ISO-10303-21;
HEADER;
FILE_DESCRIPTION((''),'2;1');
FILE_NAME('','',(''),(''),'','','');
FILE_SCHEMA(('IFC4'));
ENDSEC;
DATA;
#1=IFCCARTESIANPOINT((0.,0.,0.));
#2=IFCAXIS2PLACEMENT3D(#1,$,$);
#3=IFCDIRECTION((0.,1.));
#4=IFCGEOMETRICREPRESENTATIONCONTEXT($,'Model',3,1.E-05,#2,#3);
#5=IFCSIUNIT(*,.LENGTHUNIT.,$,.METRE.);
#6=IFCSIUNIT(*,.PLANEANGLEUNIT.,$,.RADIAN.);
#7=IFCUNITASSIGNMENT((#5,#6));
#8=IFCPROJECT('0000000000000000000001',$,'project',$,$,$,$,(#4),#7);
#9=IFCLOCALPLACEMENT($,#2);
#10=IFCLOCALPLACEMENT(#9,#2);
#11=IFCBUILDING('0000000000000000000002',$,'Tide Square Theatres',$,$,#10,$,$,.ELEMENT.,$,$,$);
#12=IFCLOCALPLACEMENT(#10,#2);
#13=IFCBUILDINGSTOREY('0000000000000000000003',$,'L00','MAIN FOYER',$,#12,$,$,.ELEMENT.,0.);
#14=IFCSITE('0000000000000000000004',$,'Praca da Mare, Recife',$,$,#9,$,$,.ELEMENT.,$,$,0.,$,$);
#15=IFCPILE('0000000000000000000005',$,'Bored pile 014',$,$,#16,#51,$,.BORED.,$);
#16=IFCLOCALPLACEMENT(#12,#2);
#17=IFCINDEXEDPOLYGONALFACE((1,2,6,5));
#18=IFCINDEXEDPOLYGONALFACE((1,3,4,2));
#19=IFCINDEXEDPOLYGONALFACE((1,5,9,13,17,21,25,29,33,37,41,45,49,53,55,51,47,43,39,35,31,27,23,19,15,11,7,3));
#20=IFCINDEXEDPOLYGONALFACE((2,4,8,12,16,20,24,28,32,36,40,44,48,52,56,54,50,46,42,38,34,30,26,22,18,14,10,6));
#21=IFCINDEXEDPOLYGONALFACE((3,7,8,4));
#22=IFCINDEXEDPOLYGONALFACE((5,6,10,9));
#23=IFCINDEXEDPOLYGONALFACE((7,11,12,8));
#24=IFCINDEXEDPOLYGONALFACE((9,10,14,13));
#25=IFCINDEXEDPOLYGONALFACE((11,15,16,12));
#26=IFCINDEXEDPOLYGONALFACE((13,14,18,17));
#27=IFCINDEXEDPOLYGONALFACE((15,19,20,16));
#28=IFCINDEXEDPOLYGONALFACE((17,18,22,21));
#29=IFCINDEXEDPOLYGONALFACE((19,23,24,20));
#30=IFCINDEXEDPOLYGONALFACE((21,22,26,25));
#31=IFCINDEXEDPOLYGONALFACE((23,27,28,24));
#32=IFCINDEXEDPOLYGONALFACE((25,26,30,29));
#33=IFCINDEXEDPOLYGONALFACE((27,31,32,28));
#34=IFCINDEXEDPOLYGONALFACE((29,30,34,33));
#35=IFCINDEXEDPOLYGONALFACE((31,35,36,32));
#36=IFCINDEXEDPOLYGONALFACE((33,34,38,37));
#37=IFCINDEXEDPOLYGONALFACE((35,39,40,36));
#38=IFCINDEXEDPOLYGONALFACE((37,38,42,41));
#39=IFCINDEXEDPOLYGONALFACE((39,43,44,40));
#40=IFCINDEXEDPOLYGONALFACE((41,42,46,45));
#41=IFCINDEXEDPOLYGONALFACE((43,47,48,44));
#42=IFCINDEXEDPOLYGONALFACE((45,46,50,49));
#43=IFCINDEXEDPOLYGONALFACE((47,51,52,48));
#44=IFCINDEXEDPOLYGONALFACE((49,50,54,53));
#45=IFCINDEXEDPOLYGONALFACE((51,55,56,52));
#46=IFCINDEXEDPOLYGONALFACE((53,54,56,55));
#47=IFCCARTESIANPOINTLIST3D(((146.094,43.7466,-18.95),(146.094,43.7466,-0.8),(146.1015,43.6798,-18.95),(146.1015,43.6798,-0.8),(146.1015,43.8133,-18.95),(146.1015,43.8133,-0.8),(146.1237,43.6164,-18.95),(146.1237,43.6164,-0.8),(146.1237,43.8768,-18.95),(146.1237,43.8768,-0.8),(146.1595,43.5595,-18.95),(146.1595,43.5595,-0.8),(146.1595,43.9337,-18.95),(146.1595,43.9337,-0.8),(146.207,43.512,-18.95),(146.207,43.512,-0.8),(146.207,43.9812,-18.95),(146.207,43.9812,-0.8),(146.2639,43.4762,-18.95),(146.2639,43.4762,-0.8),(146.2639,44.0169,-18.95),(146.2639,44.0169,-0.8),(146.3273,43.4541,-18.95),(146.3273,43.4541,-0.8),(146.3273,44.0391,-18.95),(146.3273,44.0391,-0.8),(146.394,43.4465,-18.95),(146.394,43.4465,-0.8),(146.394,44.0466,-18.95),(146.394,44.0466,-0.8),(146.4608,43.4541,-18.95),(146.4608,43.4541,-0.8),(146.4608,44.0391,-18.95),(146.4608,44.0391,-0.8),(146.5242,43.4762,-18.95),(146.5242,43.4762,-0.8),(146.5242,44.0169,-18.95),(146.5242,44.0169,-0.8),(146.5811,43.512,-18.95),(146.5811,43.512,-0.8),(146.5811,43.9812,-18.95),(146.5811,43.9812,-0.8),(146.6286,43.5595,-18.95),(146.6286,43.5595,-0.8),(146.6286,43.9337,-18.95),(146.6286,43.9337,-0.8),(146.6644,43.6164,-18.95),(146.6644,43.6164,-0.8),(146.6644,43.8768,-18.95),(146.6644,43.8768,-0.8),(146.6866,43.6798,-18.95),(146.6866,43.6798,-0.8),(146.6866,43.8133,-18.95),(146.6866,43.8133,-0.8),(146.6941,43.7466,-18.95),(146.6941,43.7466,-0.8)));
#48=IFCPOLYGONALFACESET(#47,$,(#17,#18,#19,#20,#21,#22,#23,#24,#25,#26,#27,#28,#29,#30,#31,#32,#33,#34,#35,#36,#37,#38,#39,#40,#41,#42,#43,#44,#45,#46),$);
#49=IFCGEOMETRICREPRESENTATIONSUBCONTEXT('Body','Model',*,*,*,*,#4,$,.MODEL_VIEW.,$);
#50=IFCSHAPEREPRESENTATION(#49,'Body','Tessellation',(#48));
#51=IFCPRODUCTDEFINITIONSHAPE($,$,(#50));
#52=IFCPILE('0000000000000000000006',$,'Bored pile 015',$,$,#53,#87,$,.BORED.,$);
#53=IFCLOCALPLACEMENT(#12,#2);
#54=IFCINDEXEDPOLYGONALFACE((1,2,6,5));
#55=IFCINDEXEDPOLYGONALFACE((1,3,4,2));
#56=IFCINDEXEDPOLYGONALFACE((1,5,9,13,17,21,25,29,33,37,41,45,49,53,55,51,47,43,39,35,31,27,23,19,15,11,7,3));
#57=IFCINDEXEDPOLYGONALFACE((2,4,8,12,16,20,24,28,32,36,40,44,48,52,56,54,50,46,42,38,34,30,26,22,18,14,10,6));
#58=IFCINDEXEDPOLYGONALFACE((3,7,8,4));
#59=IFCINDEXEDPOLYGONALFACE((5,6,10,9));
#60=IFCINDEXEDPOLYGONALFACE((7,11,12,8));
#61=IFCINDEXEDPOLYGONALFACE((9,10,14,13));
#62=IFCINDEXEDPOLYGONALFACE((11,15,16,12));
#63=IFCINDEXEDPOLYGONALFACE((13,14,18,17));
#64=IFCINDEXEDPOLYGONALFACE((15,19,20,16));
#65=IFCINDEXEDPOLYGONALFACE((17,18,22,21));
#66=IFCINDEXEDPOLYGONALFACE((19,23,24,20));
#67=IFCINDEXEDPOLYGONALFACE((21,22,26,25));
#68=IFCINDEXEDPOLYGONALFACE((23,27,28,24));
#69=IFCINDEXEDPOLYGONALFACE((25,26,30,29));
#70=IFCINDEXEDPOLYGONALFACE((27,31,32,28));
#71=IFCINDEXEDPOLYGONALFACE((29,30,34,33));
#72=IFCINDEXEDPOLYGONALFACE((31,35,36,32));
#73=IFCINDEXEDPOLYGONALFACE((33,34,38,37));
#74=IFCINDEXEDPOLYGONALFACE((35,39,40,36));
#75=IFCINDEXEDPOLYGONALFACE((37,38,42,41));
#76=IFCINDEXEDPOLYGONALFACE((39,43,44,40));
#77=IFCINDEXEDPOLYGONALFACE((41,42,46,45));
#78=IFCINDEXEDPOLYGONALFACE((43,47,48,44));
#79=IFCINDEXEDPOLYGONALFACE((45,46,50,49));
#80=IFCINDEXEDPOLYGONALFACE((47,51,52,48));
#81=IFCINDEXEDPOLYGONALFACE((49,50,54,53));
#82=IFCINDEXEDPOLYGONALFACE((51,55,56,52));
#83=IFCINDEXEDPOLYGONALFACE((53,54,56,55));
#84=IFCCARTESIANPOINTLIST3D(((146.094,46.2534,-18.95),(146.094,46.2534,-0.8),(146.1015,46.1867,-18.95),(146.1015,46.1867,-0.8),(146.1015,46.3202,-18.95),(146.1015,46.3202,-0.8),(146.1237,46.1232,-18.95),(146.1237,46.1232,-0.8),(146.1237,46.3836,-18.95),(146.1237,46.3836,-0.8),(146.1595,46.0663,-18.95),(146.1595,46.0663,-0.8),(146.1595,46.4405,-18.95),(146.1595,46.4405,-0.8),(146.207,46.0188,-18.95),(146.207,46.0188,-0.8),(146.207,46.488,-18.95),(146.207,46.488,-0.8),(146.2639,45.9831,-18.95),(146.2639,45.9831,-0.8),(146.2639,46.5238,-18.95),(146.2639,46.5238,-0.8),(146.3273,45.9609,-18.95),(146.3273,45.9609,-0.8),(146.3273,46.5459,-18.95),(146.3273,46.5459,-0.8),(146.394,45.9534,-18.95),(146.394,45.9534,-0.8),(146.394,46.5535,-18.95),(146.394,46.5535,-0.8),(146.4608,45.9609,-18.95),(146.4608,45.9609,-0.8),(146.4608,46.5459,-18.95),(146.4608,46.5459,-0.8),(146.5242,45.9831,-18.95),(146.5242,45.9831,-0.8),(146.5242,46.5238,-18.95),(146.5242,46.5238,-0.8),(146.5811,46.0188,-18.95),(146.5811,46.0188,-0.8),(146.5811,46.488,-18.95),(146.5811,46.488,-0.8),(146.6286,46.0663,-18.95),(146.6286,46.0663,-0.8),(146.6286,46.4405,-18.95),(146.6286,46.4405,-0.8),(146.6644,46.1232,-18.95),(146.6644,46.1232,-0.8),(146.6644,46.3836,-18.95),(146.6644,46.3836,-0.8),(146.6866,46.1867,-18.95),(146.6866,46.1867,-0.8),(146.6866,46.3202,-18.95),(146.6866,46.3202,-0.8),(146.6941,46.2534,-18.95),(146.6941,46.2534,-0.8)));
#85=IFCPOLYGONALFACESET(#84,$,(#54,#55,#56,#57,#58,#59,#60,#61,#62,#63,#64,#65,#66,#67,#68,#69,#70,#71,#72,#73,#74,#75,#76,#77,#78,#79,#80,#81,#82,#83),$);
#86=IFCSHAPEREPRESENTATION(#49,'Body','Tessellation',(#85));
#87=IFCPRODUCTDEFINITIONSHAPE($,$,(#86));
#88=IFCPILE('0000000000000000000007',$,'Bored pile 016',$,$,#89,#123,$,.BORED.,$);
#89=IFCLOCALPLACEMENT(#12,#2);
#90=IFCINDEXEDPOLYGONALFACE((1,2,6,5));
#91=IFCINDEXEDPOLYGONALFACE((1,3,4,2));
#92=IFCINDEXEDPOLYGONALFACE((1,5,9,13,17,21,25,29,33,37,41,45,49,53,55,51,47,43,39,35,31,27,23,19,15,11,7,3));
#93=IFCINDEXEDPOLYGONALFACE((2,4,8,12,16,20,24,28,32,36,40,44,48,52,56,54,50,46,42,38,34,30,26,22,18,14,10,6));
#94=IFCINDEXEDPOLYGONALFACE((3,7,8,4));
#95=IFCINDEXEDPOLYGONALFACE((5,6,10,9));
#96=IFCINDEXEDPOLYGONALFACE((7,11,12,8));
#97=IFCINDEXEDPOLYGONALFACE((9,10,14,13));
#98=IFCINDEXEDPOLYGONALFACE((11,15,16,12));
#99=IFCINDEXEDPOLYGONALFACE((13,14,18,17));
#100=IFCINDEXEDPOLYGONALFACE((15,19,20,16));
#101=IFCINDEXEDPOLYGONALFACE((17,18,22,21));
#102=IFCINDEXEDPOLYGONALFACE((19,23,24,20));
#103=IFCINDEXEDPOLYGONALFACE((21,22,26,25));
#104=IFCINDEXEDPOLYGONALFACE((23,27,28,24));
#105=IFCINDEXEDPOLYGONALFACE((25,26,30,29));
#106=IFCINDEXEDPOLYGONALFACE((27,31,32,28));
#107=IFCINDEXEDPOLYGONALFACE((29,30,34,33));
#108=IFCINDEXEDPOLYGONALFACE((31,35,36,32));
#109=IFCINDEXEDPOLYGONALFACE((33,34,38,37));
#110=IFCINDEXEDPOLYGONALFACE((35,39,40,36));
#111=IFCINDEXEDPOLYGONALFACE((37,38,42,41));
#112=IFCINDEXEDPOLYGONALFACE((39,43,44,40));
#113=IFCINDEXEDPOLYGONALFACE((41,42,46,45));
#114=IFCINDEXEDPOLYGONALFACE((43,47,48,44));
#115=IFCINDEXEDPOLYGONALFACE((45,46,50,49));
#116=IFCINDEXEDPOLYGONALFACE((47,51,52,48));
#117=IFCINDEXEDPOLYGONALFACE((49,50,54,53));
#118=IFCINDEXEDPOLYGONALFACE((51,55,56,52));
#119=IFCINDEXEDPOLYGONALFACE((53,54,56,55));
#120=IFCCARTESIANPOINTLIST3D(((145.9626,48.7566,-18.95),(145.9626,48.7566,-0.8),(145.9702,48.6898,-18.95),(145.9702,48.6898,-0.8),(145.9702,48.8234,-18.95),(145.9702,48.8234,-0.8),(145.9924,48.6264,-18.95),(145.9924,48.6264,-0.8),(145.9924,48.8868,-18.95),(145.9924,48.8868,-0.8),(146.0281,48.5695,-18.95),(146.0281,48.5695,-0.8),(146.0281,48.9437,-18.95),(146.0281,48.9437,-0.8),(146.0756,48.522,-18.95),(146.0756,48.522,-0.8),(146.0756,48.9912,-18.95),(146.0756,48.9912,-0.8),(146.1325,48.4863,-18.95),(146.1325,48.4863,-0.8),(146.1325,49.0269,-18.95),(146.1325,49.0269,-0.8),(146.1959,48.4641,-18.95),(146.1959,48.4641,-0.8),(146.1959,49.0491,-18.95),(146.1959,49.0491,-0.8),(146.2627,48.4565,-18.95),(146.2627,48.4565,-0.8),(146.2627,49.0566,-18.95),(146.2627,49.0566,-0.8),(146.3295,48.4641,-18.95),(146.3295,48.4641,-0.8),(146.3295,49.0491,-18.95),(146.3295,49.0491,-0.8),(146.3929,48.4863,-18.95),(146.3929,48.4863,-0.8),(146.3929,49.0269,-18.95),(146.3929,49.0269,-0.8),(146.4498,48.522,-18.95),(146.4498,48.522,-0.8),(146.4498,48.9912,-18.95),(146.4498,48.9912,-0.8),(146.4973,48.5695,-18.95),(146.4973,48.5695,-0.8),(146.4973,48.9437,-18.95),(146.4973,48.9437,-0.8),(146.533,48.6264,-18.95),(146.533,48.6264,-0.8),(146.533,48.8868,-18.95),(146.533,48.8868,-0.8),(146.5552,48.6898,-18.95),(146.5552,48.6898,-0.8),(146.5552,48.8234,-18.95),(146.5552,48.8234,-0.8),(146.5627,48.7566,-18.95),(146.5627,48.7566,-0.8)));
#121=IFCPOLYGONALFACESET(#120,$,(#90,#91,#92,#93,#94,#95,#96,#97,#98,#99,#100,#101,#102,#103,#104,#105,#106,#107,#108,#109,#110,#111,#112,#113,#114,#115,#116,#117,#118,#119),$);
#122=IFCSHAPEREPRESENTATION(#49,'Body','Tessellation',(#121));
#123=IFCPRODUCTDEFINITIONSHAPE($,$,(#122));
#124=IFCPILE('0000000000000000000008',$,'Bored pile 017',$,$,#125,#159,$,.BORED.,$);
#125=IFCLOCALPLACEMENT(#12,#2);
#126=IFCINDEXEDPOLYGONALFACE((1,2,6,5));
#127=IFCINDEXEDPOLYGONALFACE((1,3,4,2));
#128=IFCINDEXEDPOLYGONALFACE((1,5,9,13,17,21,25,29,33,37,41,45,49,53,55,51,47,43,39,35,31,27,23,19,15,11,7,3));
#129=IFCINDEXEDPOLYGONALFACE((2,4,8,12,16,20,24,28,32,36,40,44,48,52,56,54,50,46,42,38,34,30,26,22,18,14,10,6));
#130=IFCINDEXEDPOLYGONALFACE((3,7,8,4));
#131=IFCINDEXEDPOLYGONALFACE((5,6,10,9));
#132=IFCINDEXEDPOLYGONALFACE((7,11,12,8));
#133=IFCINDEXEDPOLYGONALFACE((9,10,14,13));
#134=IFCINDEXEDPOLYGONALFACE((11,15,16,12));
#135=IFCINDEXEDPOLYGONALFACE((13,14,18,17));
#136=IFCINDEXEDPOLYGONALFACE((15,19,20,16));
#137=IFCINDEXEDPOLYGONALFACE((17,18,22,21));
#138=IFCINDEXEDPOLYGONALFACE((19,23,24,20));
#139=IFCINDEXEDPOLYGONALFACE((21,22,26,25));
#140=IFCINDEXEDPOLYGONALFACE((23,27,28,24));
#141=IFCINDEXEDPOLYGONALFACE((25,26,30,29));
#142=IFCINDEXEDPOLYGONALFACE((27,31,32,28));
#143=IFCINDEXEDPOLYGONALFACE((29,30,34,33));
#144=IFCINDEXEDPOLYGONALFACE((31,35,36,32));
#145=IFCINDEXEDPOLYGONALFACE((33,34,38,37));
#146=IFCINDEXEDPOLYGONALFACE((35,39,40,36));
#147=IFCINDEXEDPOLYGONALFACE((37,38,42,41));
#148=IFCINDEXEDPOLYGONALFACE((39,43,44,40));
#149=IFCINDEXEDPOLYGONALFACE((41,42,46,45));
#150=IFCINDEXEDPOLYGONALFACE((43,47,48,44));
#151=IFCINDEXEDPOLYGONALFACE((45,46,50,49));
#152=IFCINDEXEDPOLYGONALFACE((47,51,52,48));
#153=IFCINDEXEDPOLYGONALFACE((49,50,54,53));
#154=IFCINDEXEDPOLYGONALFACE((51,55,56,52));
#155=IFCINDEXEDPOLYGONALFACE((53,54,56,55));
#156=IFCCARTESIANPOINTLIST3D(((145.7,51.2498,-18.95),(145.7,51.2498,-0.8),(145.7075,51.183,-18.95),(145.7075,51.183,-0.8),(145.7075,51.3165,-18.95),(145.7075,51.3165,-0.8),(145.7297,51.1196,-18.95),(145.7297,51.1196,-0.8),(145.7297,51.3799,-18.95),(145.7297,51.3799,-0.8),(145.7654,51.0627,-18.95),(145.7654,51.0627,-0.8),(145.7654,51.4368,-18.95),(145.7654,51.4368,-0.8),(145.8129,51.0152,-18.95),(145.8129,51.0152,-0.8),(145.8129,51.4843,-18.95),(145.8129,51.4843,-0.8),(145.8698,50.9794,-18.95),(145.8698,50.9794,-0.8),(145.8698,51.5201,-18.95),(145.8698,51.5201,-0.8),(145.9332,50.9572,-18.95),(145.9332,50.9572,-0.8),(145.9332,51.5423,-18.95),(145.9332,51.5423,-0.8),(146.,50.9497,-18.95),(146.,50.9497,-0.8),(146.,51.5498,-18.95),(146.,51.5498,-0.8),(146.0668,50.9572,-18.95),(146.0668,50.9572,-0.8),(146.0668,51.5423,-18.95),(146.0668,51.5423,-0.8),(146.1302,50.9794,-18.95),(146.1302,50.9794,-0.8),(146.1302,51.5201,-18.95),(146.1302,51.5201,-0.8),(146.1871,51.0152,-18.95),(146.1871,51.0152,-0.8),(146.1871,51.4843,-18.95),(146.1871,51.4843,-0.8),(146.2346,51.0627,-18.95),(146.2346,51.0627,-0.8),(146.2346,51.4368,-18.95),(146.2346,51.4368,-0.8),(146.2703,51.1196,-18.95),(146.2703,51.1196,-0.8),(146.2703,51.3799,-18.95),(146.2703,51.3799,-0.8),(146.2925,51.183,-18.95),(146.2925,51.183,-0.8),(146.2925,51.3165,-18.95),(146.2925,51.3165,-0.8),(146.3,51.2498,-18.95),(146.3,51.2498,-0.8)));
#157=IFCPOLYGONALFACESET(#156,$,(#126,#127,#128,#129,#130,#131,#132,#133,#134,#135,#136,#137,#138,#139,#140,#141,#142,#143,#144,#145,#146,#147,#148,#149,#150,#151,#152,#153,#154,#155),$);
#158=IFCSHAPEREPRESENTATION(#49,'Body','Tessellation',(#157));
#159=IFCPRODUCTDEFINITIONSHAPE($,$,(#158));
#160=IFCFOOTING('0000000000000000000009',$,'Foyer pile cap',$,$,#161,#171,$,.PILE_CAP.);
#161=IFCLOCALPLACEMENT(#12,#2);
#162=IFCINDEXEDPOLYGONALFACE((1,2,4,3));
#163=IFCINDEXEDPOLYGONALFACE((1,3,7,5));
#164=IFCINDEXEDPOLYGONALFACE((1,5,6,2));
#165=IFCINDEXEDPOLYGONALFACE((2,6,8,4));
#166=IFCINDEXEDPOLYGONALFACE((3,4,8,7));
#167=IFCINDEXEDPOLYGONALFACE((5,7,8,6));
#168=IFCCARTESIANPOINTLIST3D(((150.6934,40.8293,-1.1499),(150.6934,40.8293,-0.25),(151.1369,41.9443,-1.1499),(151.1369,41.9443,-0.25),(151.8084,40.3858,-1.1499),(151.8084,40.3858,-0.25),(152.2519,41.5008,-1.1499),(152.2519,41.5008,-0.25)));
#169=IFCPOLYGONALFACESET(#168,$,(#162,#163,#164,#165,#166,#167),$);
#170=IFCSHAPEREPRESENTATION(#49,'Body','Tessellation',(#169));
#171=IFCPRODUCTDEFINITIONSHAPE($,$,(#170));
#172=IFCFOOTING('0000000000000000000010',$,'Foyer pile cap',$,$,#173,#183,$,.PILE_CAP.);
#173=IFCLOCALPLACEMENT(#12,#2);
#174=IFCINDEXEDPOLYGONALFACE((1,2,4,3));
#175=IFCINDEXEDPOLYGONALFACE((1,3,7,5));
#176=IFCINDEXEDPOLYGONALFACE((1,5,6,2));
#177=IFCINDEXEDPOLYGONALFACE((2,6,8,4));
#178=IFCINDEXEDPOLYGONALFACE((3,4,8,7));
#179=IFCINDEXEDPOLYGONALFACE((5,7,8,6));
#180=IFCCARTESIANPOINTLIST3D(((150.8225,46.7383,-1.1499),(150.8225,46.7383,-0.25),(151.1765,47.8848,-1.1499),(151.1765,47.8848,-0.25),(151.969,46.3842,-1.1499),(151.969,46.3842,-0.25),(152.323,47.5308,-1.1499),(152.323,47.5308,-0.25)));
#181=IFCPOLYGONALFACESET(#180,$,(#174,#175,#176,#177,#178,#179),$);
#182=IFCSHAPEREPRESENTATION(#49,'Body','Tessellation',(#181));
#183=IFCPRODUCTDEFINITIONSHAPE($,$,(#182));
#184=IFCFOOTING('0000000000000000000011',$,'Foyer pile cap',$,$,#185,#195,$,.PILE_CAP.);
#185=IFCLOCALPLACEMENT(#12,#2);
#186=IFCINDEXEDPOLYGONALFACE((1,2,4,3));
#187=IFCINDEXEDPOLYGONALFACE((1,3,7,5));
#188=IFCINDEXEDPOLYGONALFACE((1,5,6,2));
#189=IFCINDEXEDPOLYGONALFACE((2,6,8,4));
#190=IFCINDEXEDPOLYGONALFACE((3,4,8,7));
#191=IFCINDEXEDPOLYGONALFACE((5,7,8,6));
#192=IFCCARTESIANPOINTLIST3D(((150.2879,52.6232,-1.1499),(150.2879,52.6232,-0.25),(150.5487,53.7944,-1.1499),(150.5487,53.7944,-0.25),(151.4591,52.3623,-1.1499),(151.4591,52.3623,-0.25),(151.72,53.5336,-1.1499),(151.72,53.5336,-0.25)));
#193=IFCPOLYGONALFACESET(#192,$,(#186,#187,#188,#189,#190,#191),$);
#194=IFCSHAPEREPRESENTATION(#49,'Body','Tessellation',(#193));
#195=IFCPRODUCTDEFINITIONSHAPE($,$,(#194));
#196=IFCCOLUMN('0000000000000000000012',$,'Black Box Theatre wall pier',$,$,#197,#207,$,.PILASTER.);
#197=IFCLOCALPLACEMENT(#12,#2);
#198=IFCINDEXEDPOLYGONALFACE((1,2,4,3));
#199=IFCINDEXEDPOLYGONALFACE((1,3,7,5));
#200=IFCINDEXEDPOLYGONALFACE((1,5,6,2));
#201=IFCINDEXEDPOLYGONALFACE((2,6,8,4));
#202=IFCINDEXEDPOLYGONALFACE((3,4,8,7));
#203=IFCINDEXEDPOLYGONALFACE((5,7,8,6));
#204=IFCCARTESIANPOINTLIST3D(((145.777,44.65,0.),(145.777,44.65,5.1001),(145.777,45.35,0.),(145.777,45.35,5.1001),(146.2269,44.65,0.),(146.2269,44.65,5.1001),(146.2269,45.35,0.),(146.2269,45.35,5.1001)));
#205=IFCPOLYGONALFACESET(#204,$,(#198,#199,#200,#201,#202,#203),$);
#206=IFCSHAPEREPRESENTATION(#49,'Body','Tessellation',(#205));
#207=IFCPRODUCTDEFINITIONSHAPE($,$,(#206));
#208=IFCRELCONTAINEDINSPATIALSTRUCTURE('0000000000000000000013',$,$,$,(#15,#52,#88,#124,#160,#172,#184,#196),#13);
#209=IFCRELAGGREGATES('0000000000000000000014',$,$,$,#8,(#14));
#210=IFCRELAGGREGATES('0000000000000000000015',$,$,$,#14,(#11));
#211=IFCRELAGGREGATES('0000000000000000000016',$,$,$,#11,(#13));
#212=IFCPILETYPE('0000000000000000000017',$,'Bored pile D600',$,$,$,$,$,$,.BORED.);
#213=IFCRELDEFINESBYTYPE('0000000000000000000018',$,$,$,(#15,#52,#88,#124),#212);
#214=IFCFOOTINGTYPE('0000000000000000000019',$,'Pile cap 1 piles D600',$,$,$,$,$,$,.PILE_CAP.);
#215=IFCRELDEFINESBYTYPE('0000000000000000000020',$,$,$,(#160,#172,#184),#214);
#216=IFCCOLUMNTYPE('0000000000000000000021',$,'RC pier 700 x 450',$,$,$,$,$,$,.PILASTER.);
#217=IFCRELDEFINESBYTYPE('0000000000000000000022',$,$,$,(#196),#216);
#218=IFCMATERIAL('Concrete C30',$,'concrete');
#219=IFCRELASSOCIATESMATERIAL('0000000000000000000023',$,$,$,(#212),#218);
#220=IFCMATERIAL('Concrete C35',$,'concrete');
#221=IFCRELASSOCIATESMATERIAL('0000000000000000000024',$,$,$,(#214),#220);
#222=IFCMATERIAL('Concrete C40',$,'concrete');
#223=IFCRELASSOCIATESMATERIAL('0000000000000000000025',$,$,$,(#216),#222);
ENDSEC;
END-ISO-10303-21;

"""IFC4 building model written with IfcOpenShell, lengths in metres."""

from ifc_helpers import new_model, si_unit, direction, frame, origin, origin_2d, place, context, subcontext, project, spatial, rectangle, circle, extrude, material, material_profile, profile_set, type_object, element, save


model = new_model("IFC4")

# Units and contexts
model_context = context("Model", 3, precision=1e-05, world=origin(), true_north=direction((0.0, 1.0)))
body_context = subcontext(model_context, "Body", "Model", "MODEL_VIEW")
ifc_project = project(units=[si_unit("LENGTHUNIT", "METRE"), si_unit("PLANEANGLEUNIT", "RADIAN")], contexts=[model_context])

# Site, building, storey
site_placement = place(None, origin())
site = spatial("IfcSite", under=ifc_project, at=site_placement, Name="Praca da Mare, Recife", CompositionType="ELEMENT", RefElevation=0.0)
building_placement = place(site_placement, origin())
building = spatial("IfcBuilding", under=site, at=building_placement, Name="Tide Square Theatres", CompositionType="ELEMENT")
storey_placement = place(building_placement, origin())
storey = spatial("IfcBuildingStorey", under=building, at=storey_placement, Name="L00", Description="MAIN FOYER", CompositionType="ELEMENT", Elevation=0.0)

# Piles
ifc_material_1 = material(Name="Concrete C30", Category="concrete")
ifc_material_profile_1 = material_profile(ifc_material_1, circle(Radius=0.3, at=origin_2d()))
ifc_profile_set_1 = profile_set([ifc_material_profile_1], Name="Concrete C30")
pile_type = type_object("IfcPileType", Name="Bored pile D600", PredefinedType="BORED", material=ifc_profile_set_1)
for number, where, z_axis, x_axis, name in (
    (1, (146.394, 43.7466, -0.8), (0.0, 0.0, -1.0), (1.0, 0.0, 0.0), "Bored pile 014"),
    (2, (146.394, 46.2534, -0.8), (0.0, 0.0, -1.0), (1.0, 0.0, 0.0), "Bored pile 015"),
    (3, (146.2627, 48.7566, -0.8), (0.0, 0.0, -1.0), (1.0, 0.0, 0.0), "Bored pile 016"),
    (4, (146.0, 51.2498, -0.8), (0.0, 0.0, -1.0), (1.0, 0.0, 0.0), "Bored pile 017"),
):
    element("IfcPile", number, at=place(storey_placement, frame(where, z_axis=z_axis, x_axis=x_axis)), inside=storey, type_object=pile_type, Name=name, PredefinedType="BORED", context=body_context, shape_type="SweptSolid", body=[
        extrude(circle(Radius=0.3, at=origin_2d()), origin(), (0.0, 0.0, 1.0), 18.1499),
    ])

# Footings
ifc_material_2 = material(Name="Concrete C35", Category="concrete")
footing_type = type_object("IfcFootingType", Name="Pile cap 1 piles D600", PredefinedType="PILE_CAP", material=ifc_material_2)
for number, where, z_axis, x_axis, name in (
    (5, (151.4727, 41.165, -1.1499), (0.0, 0.0, 1.0), (0.36956, 0.929207, 0.0), "Foyer pile cap"),
    (6, (151.5728, 47.1345, -1.1499), (0.0, 0.0, 1.0), (0.295039, 0.955485, 0.0), "Foyer pile cap"),
    (7, (151.0039, 53.0784, -1.1499), (0.0, 0.0, 1.0), (0.217373, 0.976089, 0.0), "Foyer pile cap"),
):
    element("IfcFooting", number, at=place(storey_placement, frame(where, z_axis=z_axis, x_axis=x_axis)), inside=storey, type_object=footing_type, Name=name, PredefinedType="PILE_CAP", context=body_context, shape_type="SweptSolid", body=[
        extrude(rectangle(XDim=1.2, YDim=1.2, at=origin_2d()), origin(), (0.0, 0.0, 1.0), 0.8999),
    ])

# Column
ifc_material_3 = material(Name="Concrete C40", Category="concrete")
ifc_material_profile_2 = material_profile(ifc_material_3, rectangle(XDim=0.7, YDim=0.45, at=origin_2d()))
ifc_profile_set_2 = profile_set([ifc_material_profile_2], Name="Concrete C40")
column_type_1 = type_object("IfcColumnType", Name="RC pier 700 x 450", PredefinedType="PILASTER", material=ifc_profile_set_2)
column_placement = place(storey_placement, frame((146.002, 45.0, 0.0), z_axis=(0.0, 0.0, 1.0), x_axis=(0.0, 1.0, 0.0)))
element("IfcColumn", 8, at=column_placement, inside=storey, type_object=column_type_1, Name="Black Box Theatre wall pier", PredefinedType="PILASTER", context=body_context, shape_type="SweptSolid", body=[
    extrude(rectangle(XDim=0.7, YDim=0.45, at=origin_2d()), origin(), (0.0, 0.0, 1.0), 5.1001),
])

save(model, "model.ifc")
